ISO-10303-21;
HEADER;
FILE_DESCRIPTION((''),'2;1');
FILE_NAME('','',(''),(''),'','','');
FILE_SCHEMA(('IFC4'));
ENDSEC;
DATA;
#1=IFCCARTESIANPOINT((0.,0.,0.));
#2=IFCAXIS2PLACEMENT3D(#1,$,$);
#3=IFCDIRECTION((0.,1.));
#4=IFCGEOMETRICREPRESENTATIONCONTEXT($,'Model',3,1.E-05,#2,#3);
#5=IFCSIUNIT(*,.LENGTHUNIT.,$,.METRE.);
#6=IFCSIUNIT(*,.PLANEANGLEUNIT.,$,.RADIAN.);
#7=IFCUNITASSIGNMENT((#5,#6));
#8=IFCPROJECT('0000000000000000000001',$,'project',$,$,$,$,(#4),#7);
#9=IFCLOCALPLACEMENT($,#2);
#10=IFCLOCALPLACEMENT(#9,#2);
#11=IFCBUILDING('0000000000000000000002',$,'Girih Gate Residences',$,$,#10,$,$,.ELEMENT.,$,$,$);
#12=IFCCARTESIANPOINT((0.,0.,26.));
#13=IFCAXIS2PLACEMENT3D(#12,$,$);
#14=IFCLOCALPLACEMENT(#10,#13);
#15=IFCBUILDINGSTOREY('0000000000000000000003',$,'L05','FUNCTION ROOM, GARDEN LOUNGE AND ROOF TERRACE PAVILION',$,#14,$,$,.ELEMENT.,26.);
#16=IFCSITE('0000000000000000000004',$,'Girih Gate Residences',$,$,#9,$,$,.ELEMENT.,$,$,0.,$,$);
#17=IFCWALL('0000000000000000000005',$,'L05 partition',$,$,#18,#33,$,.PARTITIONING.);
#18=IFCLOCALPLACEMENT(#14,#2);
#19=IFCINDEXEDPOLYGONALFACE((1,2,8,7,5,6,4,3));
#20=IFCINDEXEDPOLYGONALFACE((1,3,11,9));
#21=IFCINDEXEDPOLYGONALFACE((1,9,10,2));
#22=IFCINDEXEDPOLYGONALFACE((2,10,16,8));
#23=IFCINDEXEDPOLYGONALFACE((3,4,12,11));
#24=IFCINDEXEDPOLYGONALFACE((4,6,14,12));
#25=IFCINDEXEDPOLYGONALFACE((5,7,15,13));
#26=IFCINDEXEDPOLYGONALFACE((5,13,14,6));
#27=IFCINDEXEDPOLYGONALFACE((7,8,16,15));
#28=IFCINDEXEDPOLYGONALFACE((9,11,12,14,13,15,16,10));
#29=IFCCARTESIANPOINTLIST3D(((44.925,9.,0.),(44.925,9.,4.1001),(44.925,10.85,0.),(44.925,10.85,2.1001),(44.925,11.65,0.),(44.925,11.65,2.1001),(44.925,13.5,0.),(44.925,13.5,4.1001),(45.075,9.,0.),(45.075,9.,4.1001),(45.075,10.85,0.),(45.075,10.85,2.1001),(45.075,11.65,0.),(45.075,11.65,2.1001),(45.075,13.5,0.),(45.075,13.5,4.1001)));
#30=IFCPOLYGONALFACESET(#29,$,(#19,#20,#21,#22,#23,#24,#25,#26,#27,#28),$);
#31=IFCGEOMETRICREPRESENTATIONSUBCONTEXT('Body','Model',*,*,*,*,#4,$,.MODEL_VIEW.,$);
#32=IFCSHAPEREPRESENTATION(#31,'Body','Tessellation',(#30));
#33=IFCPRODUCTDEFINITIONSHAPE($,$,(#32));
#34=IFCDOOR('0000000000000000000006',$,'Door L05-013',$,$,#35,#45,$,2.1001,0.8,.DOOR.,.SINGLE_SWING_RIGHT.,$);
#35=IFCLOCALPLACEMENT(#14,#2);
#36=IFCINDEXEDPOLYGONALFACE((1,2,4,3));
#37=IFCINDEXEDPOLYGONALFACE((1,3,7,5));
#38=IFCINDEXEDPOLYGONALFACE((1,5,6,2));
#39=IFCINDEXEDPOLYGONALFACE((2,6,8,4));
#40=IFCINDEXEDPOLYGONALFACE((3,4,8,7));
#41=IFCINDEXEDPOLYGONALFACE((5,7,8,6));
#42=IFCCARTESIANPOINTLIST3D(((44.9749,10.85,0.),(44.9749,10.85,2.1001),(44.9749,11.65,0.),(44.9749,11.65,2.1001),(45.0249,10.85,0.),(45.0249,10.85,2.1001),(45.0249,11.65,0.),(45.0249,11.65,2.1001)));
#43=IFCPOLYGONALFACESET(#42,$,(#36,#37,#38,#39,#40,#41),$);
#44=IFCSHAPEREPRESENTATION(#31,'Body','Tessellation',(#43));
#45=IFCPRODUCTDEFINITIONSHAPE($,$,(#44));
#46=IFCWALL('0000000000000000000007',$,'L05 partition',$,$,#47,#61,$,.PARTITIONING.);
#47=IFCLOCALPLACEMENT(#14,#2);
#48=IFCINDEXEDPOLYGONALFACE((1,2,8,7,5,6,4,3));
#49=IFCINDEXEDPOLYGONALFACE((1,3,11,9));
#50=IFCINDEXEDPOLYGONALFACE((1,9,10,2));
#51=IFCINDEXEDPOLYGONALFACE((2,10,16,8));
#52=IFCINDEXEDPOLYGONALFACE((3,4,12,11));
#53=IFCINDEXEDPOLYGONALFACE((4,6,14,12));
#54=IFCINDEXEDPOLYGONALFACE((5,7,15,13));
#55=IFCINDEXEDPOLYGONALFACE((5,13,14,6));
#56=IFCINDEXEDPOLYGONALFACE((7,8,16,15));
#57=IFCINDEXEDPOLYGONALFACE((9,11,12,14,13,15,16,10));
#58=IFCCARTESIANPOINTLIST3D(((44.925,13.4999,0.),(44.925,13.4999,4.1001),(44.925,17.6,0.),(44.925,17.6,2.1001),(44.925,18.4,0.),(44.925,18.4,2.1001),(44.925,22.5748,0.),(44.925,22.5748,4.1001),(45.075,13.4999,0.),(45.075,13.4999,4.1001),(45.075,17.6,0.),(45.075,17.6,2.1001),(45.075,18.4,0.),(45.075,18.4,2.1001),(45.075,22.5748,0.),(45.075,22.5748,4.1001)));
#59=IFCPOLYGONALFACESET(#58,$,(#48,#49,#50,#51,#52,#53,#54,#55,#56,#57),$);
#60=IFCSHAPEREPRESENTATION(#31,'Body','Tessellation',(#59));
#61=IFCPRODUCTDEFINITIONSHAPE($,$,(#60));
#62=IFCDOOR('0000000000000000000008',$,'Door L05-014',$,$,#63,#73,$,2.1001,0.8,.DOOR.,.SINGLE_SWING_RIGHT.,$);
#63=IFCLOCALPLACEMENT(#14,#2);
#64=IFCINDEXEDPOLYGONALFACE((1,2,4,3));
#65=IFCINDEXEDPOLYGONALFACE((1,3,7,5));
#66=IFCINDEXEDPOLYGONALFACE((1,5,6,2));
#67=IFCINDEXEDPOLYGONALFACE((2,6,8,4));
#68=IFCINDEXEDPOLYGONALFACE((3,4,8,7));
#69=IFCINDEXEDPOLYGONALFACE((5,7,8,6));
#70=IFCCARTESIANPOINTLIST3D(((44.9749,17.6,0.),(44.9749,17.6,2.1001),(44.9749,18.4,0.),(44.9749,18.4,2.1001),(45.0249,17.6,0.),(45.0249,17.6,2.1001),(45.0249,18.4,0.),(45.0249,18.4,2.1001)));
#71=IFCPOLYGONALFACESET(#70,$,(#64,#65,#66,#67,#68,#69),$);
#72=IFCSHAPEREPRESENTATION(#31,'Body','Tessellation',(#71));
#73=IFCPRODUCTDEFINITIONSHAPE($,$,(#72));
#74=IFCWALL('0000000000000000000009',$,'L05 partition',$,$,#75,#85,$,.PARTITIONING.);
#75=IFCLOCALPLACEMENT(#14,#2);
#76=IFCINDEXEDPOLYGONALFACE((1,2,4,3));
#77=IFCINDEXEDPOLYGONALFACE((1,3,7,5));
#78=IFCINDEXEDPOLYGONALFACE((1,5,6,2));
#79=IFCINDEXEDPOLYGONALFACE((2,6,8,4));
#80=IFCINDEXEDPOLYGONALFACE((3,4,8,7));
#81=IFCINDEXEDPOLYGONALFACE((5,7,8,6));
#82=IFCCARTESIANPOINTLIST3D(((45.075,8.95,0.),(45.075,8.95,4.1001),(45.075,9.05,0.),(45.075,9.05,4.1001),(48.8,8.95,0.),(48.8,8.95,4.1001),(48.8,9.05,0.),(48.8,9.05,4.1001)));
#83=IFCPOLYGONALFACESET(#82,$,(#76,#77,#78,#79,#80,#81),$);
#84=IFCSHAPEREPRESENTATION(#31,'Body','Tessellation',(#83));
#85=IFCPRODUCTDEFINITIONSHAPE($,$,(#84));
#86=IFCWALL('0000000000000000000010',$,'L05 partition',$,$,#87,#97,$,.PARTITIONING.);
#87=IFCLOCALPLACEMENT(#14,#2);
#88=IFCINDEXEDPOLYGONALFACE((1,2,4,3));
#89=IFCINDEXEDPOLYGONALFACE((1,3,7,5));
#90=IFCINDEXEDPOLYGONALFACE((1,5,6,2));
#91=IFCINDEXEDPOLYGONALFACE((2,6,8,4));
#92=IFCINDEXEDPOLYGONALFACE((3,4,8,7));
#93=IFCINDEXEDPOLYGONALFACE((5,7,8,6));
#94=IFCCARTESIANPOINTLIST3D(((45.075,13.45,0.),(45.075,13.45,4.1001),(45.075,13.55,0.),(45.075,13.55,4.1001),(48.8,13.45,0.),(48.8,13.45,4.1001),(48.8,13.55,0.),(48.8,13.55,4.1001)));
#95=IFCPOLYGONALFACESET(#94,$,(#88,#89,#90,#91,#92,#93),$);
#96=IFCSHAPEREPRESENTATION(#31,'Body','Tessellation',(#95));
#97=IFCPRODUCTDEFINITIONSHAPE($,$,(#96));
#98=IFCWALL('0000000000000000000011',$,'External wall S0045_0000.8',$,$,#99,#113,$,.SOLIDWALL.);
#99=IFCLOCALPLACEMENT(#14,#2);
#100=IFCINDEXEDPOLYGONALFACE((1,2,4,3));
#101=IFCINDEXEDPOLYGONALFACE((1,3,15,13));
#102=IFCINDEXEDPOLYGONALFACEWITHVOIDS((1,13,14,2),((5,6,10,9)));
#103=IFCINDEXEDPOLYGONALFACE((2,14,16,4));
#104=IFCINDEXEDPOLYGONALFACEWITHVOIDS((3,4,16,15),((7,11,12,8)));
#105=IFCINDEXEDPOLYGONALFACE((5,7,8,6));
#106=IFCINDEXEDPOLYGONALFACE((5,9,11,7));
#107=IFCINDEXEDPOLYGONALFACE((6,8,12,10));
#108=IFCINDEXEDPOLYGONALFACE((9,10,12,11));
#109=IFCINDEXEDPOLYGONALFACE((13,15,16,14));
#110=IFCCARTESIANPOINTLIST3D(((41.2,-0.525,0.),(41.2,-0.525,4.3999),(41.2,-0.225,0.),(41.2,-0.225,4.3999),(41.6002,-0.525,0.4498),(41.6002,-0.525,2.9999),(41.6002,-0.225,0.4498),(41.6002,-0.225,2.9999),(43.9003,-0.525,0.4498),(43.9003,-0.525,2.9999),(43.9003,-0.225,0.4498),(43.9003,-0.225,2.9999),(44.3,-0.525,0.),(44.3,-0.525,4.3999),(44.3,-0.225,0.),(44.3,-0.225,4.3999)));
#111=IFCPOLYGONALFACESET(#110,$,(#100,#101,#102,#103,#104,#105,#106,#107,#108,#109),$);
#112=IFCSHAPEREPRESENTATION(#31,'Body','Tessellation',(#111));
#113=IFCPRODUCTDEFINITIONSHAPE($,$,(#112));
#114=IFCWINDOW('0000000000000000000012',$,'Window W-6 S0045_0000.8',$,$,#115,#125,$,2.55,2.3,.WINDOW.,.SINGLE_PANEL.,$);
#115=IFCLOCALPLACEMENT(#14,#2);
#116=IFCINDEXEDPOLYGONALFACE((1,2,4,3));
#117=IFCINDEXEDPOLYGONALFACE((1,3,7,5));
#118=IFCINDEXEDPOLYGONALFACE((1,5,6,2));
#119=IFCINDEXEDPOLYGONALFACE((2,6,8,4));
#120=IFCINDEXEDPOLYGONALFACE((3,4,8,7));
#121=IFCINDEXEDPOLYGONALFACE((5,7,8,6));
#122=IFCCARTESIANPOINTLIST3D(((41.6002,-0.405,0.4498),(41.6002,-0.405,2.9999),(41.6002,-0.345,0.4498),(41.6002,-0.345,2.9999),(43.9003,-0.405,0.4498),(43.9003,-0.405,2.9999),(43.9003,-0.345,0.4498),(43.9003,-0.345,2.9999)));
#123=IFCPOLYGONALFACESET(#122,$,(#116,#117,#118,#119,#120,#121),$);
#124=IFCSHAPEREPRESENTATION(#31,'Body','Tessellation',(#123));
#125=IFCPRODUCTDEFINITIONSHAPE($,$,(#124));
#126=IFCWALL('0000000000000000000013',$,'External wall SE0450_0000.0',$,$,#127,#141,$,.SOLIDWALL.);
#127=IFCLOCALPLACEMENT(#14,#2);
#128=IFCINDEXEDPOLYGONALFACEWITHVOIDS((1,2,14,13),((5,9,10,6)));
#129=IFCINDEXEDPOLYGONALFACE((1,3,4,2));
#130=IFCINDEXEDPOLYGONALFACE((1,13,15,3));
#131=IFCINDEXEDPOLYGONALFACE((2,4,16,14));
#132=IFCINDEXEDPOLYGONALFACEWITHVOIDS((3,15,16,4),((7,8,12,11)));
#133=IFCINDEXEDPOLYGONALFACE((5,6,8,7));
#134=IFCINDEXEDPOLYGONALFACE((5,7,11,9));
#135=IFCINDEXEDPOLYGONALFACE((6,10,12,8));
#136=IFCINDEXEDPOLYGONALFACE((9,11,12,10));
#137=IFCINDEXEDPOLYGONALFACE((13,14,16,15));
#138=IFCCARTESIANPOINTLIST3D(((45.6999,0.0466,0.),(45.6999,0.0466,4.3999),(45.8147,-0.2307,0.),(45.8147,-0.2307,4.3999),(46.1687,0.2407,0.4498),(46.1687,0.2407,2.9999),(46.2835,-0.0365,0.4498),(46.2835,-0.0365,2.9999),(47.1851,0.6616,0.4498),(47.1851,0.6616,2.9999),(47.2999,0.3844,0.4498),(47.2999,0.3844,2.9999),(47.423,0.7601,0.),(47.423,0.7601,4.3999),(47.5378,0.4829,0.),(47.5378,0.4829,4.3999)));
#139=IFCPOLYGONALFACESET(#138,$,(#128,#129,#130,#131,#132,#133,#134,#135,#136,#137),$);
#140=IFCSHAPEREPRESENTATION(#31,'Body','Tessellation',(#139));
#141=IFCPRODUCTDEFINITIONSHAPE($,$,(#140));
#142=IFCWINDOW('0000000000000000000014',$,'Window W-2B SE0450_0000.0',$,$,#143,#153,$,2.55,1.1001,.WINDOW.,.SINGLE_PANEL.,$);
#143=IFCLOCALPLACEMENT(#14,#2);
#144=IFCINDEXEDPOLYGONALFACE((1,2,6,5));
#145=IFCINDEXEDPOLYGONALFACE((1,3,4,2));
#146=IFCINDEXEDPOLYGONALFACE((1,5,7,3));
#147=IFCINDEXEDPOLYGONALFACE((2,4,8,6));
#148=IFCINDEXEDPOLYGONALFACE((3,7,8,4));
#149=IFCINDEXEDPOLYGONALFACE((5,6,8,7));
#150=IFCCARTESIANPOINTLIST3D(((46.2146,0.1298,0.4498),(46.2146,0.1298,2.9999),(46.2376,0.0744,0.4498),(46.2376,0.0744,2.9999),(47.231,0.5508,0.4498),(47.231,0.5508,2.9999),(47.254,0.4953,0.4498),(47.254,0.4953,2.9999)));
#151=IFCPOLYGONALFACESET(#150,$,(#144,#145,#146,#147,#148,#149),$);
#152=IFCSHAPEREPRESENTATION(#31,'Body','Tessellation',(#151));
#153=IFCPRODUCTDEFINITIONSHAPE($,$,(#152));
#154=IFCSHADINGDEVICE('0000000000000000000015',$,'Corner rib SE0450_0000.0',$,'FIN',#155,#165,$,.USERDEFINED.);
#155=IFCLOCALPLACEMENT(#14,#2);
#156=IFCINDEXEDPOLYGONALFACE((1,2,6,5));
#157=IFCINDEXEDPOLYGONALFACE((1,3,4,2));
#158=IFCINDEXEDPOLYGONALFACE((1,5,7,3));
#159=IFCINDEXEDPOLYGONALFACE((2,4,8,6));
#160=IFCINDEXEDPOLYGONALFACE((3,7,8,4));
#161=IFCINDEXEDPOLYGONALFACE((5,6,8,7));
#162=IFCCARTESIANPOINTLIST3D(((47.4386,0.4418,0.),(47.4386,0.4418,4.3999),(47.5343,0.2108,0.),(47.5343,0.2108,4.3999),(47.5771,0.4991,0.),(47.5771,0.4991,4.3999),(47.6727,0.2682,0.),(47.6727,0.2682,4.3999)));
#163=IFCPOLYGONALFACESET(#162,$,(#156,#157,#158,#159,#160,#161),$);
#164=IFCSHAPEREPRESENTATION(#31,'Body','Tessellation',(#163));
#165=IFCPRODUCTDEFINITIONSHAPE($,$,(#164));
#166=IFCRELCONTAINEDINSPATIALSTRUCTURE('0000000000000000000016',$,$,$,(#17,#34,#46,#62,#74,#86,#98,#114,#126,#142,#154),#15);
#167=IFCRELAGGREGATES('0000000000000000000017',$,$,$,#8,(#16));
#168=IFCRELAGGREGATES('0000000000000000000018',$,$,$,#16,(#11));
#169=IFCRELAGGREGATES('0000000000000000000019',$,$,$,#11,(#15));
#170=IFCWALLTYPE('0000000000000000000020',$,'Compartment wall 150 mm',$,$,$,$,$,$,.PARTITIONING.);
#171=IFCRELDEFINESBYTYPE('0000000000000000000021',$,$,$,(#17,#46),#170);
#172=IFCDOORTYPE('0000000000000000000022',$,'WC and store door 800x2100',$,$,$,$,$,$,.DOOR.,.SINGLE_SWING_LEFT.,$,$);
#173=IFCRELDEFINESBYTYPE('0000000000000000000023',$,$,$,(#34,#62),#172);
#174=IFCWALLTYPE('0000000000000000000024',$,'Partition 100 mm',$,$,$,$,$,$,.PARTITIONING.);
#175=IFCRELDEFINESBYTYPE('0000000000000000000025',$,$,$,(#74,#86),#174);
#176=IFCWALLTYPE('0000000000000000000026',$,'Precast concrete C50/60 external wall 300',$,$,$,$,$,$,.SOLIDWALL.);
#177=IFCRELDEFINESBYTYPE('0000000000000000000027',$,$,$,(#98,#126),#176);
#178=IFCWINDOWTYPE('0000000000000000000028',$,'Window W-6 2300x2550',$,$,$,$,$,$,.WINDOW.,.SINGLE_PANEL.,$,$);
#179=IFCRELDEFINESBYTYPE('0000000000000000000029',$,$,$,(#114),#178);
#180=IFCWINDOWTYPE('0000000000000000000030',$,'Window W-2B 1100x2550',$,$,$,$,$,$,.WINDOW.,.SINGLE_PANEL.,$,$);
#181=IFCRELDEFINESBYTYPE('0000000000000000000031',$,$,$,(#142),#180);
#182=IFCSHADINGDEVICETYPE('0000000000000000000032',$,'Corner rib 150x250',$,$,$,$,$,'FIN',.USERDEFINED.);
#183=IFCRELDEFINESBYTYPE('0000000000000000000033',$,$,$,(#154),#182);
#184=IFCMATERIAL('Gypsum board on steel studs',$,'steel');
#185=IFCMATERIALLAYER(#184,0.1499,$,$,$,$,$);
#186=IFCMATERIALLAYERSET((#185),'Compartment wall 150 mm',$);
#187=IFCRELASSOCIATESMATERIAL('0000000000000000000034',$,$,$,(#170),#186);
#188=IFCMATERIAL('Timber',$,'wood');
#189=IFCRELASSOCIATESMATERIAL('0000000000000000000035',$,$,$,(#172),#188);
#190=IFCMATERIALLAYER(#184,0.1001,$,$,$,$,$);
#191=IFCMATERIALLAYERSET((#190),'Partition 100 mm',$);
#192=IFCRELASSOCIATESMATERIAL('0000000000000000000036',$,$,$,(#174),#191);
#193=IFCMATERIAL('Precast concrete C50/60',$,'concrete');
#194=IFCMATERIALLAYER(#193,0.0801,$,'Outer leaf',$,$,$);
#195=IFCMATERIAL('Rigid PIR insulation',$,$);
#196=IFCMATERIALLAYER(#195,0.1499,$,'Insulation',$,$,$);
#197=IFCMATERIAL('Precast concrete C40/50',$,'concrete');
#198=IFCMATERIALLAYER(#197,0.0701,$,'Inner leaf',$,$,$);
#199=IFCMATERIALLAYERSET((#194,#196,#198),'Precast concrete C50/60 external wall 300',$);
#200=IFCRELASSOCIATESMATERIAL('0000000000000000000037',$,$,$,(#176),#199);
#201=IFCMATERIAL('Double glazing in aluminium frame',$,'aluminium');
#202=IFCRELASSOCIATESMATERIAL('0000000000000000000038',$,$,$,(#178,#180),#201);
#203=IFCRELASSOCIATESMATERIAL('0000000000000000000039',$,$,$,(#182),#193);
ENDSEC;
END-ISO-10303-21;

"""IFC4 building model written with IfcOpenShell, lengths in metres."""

from ifc_helpers import new_model, si_unit, direction, frame, frame_2d, origin, origin_2d, place, context, subcontext, project, spatial, rectangle, extrude, material, layer, layer_set, type_object, element, fill, save


model = new_model("IFC4")

# Units and contexts
model_context = context("Model", 3, precision=1e-05, world=origin(), true_north=direction((0.0, 1.0)))
body_context = subcontext(model_context, "Body", "Model", "MODEL_VIEW")
ifc_project = project(units=[si_unit("LENGTHUNIT", "METRE"), si_unit("PLANEANGLEUNIT", "RADIAN")], contexts=[model_context])

# Site, building, storey
site_placement = place(None, origin())
site = spatial("IfcSite", under=ifc_project, at=site_placement, Name="Girih Gate Residences", CompositionType="ELEMENT", RefElevation=0.0)
building_placement = place(site_placement, origin())
building = spatial("IfcBuilding", under=site, at=building_placement, Name="Girih Gate Residences", CompositionType="ELEMENT")
storey_placement = place(building_placement, frame((0.0, 0.0, 26.0)))
storey = spatial("IfcBuildingStorey", under=building, at=storey_placement, Name="L05", Description="FUNCTION ROOM, GARDEN LOUNGE AND ROOF TERRACE PAVILION", CompositionType="ELEMENT", Elevation=26.0)

# Shared definitions
ifc_material_1 = material(Name="Gypsum board on steel studs", Category="steel")
ifc_layer_1 = layer(ifc_material_1, 0.1499)
ifc_layer_set_1 = layer_set([ifc_layer_1], Name="Compartment wall 150 mm")
wall_type_1 = type_object("IfcWallType", Name="Compartment wall 150 mm", PredefinedType="PARTITIONING", material=ifc_layer_set_1)

# Walls, openings, doors
ifc_material_2 = material(Name="Timber", Category="wood")
door_type = type_object("IfcDoorType", Name="WC and store door 800x2100", OperationType="SINGLE_SWING_LEFT", PredefinedType="DOOR", material=ifc_material_2)
wall_1_placement = place(storey_placement, frame((45.0, 13.5, 0.0), z_axis=(0.0, 0.0, 1.0), x_axis=(0.0, -1.0, 0.0)))
wall_1 = element("IfcWall", 1, at=wall_1_placement, inside=storey, type_object=wall_type_1, Name="L05 partition", PredefinedType="PARTITIONING", context=body_context, shape_type="SweptSolid", body=[
    extrude(rectangle(XDim=4.5, YDim=0.1499, at=frame_2d((2.25, 0.0))), origin(), (0.0, 0.0, 1.0), 4.1001),
])
opening_1_placement = place(wall_1_placement, frame((1.8501, 0.0, 0.0)))
opening_1 = element("IfcOpeningElement", 2, at=opening_1_placement, cuts=wall_1, PredefinedType="OPENING", context=body_context, shape_type="SweptSolid", body=[
    extrude(rectangle(XDim=0.8, YDim=2.1001, at=frame_2d((0.3999, 1.05))), frame((0.0, 0.085, 0.0), z_axis=(0.0, -1.0, 0.0), x_axis=(1.0, 0.0, 0.0)), (0.0, 0.0, 1.0), 0.1699),
])
door_1_placement = place(opening_1_placement, origin())
door_1 = element("IfcDoor", 3, at=door_1_placement, inside=storey, type_object=door_type, Name="Door L05-013", OperationType="SINGLE_SWING_RIGHT", OverallHeight=2.1001, OverallWidth=0.8, PredefinedType="DOOR", context=body_context, shape_type="SweptSolid", body=[
    extrude(rectangle(XDim=0.8, YDim=2.1001, at=frame_2d((0.3999, 1.05))), frame((0.0, 0.0249, 0.0), z_axis=(0.0, -1.0, 0.0), x_axis=(1.0, 0.0, 0.0)), (0.0, 0.0, 1.0), 0.05),
])
fill(opening_1, door_1)
wall_2_placement = place(storey_placement, frame((45.0, 22.575, 0.0), z_axis=(0.0, 0.0, 1.0), x_axis=(0.0, -1.0, 0.0)))
wall_2 = element("IfcWall", 4, at=wall_2_placement, inside=storey, type_object=wall_type_1, Name="L05 partition", PredefinedType="PARTITIONING", context=body_context, shape_type="SweptSolid", body=[
    extrude(rectangle(XDim=9.075, YDim=0.1499, at=frame_2d((4.5376, 0.0))), origin(), (0.0, 0.0, 1.0), 4.1001),
])
opening_2_placement = place(wall_2_placement, frame((4.175, 0.0, 0.0)))
opening_2 = element("IfcOpeningElement", 5, at=opening_2_placement, cuts=wall_2, PredefinedType="OPENING", context=body_context, shape_type="SweptSolid", body=[
    extrude(rectangle(XDim=0.8, YDim=2.1001, at=frame_2d((0.3999, 1.05))), frame((0.0, 0.085, 0.0), z_axis=(0.0, -1.0, 0.0), x_axis=(1.0, 0.0, 0.0)), (0.0, 0.0, 1.0), 0.1699),
])
door_2_placement = place(opening_2_placement, origin())
door_2 = element("IfcDoor", 6, at=door_2_placement, inside=storey, type_object=door_type, Name="Door L05-014", OperationType="SINGLE_SWING_RIGHT", OverallHeight=2.1001, OverallWidth=0.8, PredefinedType="DOOR", context=body_context, shape_type="SweptSolid", body=[
    extrude(rectangle(XDim=0.8, YDim=2.1001, at=frame_2d((0.3999, 1.05))), frame((0.0, 0.0249, 0.0), z_axis=(0.0, -1.0, 0.0), x_axis=(1.0, 0.0, 0.0)), (0.0, 0.0, 1.0), 0.05),
])
fill(opening_2, door_2)

# Walls
ifc_layer_2 = layer(ifc_material_1, 0.1001)
ifc_layer_set_2 = layer_set([ifc_layer_2], Name="Partition 100 mm")
wall_type_2 = type_object("IfcWallType", Name="Partition 100 mm", PredefinedType="PARTITIONING", material=ifc_layer_set_2)
for number, where, z_axis, x_axis, name in (
    (7, (45.075, 9.0, 0.0), (0.0, 0.0, 1.0), (1.0, 0.0, 0.0), "L05 partition"),
    (8, (45.075, 13.5, 0.0), (0.0, 0.0, 1.0), (1.0, 0.0, 0.0), "L05 partition"),
):
    element("IfcWall", number, at=place(storey_placement, frame(where, z_axis=z_axis, x_axis=x_axis)), inside=storey, type_object=wall_type_2, Name=name, PredefinedType="PARTITIONING", context=body_context, shape_type="SweptSolid", body=[
        extrude(rectangle(XDim=3.7251, YDim=0.1001, at=frame_2d((1.8625, 0.0))), origin(), (0.0, 0.0, 1.0), 4.1001),
    ])

# Walls, openings, windows
ifc_material_3 = material(Name="Precast concrete C50/60", Category="concrete")
ifc_layer_3 = layer(ifc_material_3, 0.0801, Name="Outer leaf")
ifc_material_4 = material(Name="Rigid PIR insulation")
ifc_layer_4 = layer(ifc_material_4, 0.1499, Name="Insulation")
ifc_material_5 = material(Name="Precast concrete C40/50", Category="concrete")
ifc_layer_5 = layer(ifc_material_5, 0.0701, Name="Inner leaf")
ifc_layer_set_3 = layer_set([ifc_layer_3, ifc_layer_4, ifc_layer_5], Name="Precast concrete C50/60 external wall 300")
wall_type_3 = type_object("IfcWallType", Name="Precast concrete C50/60 external wall 300", PredefinedType="SOLIDWALL", material=ifc_layer_set_3)
wall_3_placement = place(storey_placement, frame((44.3, -0.375, 0.0), z_axis=(0.0, 0.0, 1.0), x_axis=(-1.0, 0.0, 0.0)))
wall_3 = element("IfcWall", 9, at=wall_3_placement, inside=storey, type_object=wall_type_3, Name="External wall S0045_0000.8", PredefinedType="SOLIDWALL", context=body_context, shape_type="SweptSolid", body=[
    extrude(rectangle(XDim=3.1001, YDim=0.3, at=frame_2d((1.55, 0.0))), origin(), (0.0, 0.0, 1.0), 4.3999),
])
opening_3_placement = place(wall_3_placement, frame((0.3999, 0.0, 0.45)))
opening_3 = element("IfcOpeningElement", 10, at=opening_3_placement, cuts=wall_3, PredefinedType="OPENING", context=body_context, shape_type="SweptSolid", body=[
    extrude(rectangle(XDim=2.3, YDim=2.55, at=frame_2d((1.1499, 1.2749))), frame((0.0, 0.1599, 0.0), z_axis=(0.0, -1.0, 0.0), x_axis=(1.0, 0.0, 0.0)), (0.0, 0.0, 1.0), 0.3201),
])
ifc_material_6 = material(Name="Double glazing in aluminium frame", Category="aluminium")
window_type_1 = type_object("IfcWindowType", Name="Window W-6 2300x2550", PartitioningType="SINGLE_PANEL", PredefinedType="WINDOW", material=ifc_material_6)
window_1_placement = place(opening_3_placement, origin())
window_1 = element("IfcWindow", 11, at=window_1_placement, inside=storey, type_object=window_type_1, Name="Window W-6 S0045_0000.8", OverallHeight=2.55, OverallWidth=2.3, PartitioningType="SINGLE_PANEL", PredefinedType="WINDOW", context=body_context, shape_type="SweptSolid", body=[
    extrude(rectangle(XDim=2.3, YDim=2.55, at=frame_2d((1.1499, 1.2749))), frame((0.0, 0.03, 0.0), z_axis=(0.0, -1.0, 0.0), x_axis=(1.0, 0.0, 0.0)), (0.0, 0.0, 1.0), 0.0601),
])
fill(opening_3, window_1)
wall_4_placement = place(storey_placement, frame((47.4805, 0.6216, 0.0), z_axis=(0.0, 0.0, 1.0), x_axis=(-0.923904, -0.382625, 0.0)))
wall_4 = element("IfcWall", 12, at=wall_4_placement, inside=storey, type_object=wall_type_3, Name="External wall SE0450_0000.0", PredefinedType="SOLIDWALL", context=body_context, shape_type="SweptSolid", body=[
    extrude(rectangle(XDim=1.865, YDim=0.3, at=frame_2d((0.9326, 0.0))), origin(), (0.0, 0.0, 1.0), 4.3999),
])
opening_4_placement = place(wall_4_placement, frame((0.2576, 0.0, 0.45)))
opening_4 = element("IfcOpeningElement", 13, at=opening_4_placement, cuts=wall_4, PredefinedType="OPENING", context=body_context, shape_type="SweptSolid", body=[
    extrude(rectangle(XDim=1.1001, YDim=2.55, at=frame_2d((0.55, 1.2749))), frame((0.0, 0.1599, 0.0), z_axis=(0.0, -1.0, 0.0), x_axis=(1.0, 0.0, 0.0)), (0.0, 0.0, 1.0), 0.3201),
])
window_type_2 = type_object("IfcWindowType", Name="Window W-2B 1100x2550", PartitioningType="SINGLE_PANEL", PredefinedType="WINDOW", material=ifc_material_6)
window_2_placement = place(opening_4_placement, origin())
window_2 = element("IfcWindow", 14, at=window_2_placement, inside=storey, type_object=window_type_2, Name="Window W-2B SE0450_0000.0", OverallHeight=2.55, OverallWidth=1.1001, PartitioningType="SINGLE_PANEL", PredefinedType="WINDOW", context=body_context, shape_type="SweptSolid", body=[
    extrude(rectangle(XDim=1.1001, YDim=2.55, at=frame_2d((0.55, 1.2749))), frame((0.0, 0.03, 0.0), z_axis=(0.0, -1.0, 0.0), x_axis=(1.0, 0.0, 0.0)), (0.0, 0.0, 1.0), 0.0601),
])
fill(opening_4, window_2)

# Shading device
shading_device_type = type_object("IfcShadingDeviceType", Name="Corner rib 150x250", ElementType="FIN", PredefinedType="USERDEFINED", material=ifc_material_3)
shading_device_placement = place(storey_placement, frame((47.5557, 0.355, 0.0), z_axis=(0.0, 0.0, 1.0), x_axis=(0.92388, 0.382683, 0.0)))
element("IfcShadingDevice", 15, at=shading_device_placement, inside=storey, type_object=shading_device_type, Name="Corner rib SE0450_0000.0", ObjectType="FIN", PredefinedType="USERDEFINED", context=body_context, shape_type="SweptSolid", body=[
    extrude(rectangle(XDim=0.1499, YDim=0.25, at=origin_2d()), origin(), (0.0, 0.0, 1.0), 4.3999),
])

save(model, "model.ifc")
